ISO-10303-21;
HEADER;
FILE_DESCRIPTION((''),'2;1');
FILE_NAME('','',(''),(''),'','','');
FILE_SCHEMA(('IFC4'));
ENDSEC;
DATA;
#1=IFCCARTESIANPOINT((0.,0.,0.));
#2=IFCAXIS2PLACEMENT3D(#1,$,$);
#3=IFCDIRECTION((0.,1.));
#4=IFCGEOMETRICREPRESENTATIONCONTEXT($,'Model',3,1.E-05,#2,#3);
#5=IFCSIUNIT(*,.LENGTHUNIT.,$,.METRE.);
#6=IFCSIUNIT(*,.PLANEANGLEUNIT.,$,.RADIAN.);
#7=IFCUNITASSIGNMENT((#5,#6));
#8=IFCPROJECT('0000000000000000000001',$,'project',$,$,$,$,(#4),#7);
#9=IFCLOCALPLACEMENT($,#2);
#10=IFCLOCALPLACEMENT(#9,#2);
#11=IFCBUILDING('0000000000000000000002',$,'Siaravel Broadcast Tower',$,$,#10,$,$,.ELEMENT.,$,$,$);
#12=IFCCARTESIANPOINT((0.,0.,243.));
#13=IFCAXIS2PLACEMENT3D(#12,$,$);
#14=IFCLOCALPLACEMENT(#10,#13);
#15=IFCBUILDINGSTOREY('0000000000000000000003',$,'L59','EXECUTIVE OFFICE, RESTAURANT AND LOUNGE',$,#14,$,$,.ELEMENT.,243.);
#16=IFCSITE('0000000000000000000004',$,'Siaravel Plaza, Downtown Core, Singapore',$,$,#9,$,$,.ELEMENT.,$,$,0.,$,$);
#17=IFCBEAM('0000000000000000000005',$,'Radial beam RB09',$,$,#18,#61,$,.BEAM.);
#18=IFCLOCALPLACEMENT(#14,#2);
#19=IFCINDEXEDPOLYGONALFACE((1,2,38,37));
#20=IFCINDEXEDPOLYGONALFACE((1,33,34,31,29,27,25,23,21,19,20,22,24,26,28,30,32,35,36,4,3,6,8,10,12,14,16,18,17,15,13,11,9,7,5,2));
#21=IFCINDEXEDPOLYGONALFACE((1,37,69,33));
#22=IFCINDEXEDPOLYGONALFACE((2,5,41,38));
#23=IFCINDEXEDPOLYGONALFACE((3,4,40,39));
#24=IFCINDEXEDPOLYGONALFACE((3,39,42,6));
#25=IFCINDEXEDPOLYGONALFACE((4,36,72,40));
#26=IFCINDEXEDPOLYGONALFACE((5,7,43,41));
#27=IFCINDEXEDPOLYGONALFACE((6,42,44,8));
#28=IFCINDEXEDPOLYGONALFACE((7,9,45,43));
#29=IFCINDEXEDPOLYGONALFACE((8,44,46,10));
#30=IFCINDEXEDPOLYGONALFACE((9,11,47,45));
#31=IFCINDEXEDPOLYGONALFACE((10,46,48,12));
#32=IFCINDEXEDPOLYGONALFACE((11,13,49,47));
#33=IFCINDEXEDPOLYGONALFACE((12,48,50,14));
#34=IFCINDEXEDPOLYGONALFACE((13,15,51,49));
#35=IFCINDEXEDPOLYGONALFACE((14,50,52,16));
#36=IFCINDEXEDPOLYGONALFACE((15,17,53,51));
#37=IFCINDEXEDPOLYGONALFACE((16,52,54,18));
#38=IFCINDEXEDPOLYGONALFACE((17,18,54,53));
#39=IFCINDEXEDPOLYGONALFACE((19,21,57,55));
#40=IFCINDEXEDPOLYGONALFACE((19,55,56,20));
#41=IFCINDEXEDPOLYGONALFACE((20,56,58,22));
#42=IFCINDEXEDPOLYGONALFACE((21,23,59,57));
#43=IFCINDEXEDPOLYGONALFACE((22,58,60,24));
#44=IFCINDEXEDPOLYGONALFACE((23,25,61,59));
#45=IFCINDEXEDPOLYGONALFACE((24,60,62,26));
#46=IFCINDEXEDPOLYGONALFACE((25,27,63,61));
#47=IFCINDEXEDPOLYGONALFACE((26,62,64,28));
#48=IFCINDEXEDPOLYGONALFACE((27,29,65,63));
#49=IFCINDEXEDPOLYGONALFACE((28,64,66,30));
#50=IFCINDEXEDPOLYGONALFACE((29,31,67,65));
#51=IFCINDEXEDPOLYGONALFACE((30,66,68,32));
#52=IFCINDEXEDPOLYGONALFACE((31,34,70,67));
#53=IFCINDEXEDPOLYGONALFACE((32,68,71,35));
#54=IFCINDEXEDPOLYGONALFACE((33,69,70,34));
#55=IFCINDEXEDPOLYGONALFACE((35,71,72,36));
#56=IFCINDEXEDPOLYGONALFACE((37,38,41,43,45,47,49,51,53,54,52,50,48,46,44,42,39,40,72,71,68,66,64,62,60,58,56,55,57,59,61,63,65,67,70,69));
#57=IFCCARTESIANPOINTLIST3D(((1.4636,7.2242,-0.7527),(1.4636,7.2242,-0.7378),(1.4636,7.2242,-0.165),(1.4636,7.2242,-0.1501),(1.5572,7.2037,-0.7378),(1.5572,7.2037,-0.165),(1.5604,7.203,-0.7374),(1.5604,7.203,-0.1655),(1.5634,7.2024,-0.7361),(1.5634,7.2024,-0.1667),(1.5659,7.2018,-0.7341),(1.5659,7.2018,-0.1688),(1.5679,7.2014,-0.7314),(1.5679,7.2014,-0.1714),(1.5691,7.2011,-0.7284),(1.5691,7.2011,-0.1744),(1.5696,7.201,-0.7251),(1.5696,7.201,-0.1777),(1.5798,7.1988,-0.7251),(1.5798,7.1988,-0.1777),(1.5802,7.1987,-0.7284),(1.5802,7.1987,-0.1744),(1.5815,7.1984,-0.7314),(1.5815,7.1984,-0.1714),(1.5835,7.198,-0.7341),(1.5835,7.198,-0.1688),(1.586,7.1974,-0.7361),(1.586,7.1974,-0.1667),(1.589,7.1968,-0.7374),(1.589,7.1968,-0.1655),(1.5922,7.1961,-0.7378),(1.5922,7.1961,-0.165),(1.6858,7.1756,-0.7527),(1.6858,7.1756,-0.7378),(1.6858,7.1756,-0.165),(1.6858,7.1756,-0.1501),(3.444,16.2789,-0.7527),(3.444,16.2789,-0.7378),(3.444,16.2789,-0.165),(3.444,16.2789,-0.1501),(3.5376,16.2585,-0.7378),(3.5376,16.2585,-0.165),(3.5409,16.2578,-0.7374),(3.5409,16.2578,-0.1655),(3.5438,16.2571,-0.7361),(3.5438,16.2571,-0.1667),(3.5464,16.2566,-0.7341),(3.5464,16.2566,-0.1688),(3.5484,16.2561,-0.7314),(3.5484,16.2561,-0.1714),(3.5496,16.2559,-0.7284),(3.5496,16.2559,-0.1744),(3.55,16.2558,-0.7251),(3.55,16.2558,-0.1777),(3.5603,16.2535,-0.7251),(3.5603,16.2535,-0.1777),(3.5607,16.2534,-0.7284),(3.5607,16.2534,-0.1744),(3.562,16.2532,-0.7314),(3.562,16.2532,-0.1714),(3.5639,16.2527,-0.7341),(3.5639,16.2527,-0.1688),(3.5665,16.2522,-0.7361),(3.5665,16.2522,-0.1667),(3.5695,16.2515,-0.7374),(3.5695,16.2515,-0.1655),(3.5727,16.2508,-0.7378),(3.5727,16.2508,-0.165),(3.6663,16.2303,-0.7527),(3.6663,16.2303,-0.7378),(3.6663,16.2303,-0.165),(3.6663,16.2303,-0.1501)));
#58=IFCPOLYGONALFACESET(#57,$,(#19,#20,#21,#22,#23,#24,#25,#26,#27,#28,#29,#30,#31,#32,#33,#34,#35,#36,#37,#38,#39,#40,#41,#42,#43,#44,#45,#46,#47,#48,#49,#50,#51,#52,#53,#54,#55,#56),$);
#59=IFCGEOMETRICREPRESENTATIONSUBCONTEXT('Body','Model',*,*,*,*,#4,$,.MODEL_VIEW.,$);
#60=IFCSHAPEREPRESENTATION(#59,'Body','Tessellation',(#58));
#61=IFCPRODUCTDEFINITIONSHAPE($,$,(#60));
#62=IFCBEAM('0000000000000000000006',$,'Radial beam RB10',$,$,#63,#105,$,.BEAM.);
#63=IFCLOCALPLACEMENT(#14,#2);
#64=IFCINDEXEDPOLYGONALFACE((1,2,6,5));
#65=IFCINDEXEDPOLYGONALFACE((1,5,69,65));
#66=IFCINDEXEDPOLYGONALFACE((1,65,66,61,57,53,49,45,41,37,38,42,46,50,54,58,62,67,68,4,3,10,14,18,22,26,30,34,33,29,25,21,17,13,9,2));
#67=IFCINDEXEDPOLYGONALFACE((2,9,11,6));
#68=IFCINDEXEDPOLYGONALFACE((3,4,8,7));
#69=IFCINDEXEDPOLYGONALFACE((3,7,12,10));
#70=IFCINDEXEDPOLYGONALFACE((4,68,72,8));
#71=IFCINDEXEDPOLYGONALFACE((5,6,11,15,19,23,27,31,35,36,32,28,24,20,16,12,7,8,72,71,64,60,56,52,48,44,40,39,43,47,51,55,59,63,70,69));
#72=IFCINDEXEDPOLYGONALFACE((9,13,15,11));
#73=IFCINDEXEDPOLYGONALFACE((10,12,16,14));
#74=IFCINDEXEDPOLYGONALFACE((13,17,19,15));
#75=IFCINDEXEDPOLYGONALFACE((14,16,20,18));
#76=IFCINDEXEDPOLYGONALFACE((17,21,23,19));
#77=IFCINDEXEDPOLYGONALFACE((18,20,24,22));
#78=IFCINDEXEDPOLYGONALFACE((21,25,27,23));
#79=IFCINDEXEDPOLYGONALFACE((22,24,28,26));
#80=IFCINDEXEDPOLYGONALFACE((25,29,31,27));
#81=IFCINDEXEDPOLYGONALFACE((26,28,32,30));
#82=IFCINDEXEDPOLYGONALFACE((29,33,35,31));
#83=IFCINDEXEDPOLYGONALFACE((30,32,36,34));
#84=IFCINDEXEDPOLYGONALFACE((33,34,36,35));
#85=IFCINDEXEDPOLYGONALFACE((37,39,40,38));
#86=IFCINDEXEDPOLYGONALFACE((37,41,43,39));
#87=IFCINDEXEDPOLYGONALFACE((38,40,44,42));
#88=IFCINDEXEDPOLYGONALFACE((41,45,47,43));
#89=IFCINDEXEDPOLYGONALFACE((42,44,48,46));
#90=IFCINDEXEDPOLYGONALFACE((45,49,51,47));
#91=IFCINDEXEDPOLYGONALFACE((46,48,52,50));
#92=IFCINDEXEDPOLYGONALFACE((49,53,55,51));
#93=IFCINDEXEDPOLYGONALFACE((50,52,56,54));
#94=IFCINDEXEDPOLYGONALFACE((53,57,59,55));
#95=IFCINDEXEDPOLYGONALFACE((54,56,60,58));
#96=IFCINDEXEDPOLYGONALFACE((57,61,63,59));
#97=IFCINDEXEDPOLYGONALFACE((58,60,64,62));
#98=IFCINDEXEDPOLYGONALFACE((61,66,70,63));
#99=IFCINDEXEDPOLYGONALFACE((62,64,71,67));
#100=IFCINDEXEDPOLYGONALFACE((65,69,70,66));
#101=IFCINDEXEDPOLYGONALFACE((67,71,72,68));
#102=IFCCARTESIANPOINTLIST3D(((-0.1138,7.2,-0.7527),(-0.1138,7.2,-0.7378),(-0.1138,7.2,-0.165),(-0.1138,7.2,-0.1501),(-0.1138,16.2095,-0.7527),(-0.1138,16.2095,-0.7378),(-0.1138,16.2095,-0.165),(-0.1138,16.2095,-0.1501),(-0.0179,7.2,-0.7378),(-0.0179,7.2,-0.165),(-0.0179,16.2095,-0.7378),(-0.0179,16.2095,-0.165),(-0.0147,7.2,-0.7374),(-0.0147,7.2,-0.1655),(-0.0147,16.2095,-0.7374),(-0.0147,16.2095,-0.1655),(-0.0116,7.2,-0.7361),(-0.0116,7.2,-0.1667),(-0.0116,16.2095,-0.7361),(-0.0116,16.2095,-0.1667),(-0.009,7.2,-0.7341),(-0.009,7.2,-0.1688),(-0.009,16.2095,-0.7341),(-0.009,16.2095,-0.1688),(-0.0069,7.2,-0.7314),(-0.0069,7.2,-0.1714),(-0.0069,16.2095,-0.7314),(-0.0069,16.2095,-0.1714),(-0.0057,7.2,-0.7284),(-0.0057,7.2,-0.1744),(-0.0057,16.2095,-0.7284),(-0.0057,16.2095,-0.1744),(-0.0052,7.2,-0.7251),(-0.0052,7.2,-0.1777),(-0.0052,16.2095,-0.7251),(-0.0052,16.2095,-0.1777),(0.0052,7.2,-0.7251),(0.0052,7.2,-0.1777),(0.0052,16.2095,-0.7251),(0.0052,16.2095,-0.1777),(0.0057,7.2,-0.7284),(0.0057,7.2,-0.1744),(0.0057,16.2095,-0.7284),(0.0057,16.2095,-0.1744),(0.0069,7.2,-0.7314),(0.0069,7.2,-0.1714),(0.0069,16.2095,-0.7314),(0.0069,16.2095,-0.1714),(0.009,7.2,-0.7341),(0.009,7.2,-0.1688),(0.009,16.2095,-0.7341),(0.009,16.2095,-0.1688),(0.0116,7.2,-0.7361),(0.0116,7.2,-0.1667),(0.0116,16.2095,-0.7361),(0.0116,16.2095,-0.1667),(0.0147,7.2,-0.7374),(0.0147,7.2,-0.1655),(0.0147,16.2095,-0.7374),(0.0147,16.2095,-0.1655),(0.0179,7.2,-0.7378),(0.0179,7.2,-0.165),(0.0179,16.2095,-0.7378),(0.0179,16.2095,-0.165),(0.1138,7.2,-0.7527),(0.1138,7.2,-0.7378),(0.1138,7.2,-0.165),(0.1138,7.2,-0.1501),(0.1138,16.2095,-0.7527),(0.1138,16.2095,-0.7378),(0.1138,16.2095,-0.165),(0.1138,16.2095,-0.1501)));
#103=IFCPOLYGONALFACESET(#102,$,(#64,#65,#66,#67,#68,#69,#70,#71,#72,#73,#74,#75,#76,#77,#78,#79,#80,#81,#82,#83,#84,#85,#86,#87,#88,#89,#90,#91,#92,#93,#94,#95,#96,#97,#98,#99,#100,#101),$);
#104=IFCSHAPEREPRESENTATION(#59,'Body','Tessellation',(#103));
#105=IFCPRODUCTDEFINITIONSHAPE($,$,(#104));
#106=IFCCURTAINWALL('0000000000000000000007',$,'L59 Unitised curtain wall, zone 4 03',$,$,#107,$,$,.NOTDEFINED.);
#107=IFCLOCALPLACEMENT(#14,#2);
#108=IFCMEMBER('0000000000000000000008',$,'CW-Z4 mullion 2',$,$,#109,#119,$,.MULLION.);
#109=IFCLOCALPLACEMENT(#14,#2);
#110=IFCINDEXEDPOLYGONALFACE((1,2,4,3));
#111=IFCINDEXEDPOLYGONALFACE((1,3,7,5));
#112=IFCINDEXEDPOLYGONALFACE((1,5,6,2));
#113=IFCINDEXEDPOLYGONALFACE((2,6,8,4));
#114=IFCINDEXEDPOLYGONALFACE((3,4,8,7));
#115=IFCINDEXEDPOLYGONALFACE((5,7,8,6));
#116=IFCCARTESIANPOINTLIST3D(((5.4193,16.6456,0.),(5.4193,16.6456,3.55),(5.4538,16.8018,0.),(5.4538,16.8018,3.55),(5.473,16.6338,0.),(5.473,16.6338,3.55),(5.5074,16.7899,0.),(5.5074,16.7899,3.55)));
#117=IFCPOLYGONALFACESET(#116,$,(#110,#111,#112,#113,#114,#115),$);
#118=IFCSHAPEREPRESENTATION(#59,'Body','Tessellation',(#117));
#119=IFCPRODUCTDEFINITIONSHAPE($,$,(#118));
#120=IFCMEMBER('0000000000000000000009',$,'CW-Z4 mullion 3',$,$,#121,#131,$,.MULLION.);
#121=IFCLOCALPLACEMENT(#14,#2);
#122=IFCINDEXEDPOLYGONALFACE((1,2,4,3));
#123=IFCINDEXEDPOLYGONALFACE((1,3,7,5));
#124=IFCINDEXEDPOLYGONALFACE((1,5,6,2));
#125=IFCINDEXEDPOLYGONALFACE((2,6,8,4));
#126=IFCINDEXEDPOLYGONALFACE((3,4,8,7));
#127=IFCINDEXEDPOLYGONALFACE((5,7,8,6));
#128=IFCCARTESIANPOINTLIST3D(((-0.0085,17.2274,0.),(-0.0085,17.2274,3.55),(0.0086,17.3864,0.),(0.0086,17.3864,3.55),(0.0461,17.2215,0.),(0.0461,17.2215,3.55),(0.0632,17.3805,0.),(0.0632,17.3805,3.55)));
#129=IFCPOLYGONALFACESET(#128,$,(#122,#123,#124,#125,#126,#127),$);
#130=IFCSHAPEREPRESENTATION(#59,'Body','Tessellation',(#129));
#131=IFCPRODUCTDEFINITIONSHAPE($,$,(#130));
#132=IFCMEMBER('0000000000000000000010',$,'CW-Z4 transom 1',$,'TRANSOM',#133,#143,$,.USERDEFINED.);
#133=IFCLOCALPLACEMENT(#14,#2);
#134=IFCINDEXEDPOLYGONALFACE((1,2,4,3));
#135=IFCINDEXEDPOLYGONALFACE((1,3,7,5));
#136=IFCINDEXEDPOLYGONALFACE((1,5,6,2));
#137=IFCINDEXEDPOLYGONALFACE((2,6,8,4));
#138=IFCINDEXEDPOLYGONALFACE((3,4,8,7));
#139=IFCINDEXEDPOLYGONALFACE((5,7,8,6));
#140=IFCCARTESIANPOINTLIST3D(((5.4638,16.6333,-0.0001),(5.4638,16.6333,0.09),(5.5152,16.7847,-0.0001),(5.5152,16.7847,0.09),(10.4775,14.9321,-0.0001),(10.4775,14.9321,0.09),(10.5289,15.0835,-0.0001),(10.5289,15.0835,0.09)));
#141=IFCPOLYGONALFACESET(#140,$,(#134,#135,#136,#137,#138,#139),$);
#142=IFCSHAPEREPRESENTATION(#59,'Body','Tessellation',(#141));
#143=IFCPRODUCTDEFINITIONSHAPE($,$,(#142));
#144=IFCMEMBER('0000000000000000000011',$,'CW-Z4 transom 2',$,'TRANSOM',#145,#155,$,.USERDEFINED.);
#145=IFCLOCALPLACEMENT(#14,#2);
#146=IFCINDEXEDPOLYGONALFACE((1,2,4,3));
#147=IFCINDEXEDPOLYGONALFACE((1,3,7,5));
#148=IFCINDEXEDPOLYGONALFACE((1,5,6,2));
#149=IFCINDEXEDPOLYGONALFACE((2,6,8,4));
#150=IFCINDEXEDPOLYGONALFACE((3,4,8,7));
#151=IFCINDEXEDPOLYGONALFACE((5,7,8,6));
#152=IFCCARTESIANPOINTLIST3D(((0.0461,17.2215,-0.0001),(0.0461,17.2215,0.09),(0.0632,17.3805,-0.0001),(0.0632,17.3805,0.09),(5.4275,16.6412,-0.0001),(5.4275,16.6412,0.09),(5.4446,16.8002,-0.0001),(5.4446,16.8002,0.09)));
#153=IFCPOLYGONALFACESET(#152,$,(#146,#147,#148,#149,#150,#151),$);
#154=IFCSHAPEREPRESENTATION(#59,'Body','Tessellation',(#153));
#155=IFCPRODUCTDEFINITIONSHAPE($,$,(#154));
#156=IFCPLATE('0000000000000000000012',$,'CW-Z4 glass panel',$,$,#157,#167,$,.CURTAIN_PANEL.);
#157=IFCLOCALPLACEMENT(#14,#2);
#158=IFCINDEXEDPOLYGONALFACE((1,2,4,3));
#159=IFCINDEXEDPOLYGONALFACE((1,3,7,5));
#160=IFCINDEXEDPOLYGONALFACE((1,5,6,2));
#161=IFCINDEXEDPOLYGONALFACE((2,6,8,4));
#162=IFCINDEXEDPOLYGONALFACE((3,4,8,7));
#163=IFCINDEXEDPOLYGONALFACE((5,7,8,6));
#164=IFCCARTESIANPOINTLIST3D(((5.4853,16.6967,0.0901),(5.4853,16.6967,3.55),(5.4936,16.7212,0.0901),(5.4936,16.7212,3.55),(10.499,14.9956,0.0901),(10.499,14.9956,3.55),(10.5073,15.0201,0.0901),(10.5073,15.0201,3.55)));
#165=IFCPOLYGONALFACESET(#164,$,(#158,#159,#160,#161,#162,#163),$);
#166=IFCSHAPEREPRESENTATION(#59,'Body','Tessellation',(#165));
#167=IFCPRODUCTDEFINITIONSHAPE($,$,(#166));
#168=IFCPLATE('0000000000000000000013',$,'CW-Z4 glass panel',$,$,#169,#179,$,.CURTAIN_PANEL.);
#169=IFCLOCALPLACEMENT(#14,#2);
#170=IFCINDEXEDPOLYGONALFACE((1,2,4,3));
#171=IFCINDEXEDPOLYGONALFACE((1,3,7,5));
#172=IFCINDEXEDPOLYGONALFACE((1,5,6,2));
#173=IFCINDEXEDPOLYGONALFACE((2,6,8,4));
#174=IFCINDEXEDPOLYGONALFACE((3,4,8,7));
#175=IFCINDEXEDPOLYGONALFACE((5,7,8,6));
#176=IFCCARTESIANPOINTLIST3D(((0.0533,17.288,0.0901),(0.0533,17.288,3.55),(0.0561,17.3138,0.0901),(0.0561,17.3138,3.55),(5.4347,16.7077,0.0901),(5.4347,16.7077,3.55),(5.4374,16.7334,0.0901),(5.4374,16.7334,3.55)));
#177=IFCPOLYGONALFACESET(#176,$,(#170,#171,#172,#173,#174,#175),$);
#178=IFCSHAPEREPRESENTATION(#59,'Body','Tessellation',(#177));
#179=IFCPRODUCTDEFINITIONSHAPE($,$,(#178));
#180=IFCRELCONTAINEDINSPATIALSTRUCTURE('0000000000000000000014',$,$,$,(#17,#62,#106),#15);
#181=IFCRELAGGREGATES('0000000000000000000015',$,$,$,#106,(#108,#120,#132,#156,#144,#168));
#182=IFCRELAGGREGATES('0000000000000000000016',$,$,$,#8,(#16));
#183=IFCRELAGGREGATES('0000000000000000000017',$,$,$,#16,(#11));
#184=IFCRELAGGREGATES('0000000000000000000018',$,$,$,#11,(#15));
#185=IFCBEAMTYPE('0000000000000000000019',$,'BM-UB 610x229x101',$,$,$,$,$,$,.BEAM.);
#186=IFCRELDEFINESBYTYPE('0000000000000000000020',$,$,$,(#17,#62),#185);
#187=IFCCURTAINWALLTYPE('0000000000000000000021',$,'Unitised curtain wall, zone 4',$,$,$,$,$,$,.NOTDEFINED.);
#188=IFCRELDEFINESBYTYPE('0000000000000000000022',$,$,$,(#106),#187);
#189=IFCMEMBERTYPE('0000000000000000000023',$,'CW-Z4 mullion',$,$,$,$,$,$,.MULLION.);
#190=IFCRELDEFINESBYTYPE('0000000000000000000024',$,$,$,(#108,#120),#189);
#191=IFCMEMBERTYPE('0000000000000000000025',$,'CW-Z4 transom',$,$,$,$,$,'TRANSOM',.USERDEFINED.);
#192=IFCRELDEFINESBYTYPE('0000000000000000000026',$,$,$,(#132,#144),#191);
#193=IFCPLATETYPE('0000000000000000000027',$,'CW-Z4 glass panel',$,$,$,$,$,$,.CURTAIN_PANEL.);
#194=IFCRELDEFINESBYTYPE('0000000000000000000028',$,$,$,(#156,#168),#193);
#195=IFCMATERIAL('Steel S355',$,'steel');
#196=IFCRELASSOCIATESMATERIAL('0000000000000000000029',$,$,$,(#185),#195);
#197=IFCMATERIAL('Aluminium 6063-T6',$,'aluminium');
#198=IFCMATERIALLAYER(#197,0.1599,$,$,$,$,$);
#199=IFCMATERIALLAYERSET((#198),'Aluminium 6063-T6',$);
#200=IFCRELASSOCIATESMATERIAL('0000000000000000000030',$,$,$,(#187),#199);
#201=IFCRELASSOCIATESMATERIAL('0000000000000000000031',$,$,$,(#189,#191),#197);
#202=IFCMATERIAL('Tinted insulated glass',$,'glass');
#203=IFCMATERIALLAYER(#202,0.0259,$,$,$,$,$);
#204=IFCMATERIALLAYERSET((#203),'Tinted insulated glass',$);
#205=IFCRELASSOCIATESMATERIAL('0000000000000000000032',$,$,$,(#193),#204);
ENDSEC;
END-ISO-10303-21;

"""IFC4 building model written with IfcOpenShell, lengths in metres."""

from ifc_helpers import new_model, si_unit, direction, frame, origin, origin_2d, place, context, subcontext, project, spatial, rectangle, i_section, extrude, material, layer, layer_set, material_profile, profile_set, type_object, element, aggregate, save


model = new_model("IFC4")

# Units and contexts
model_context = context("Model", 3, precision=1e-05, world=origin(), true_north=direction((0.0, 1.0)))
body_context = subcontext(model_context, "Body", "Model", "MODEL_VIEW")
ifc_project = project(units=[si_unit("LENGTHUNIT", "METRE"), si_unit("PLANEANGLEUNIT", "RADIAN")], contexts=[model_context])

# Site, building, storey
site_placement = place(None, origin())
site = spatial("IfcSite", under=ifc_project, at=site_placement, Name="Siaravel Plaza, Downtown Core, Singapore", CompositionType="ELEMENT", RefElevation=0.0)
building_placement = place(site_placement, origin())
building = spatial("IfcBuilding", under=site, at=building_placement, Name="Siaravel Broadcast Tower", CompositionType="ELEMENT")
storey_placement = place(building_placement, frame((0.0, 0.0, 243.0)))
storey = spatial("IfcBuildingStorey", under=building, at=storey_placement, Name="L59", Description="EXECUTIVE OFFICE, RESTAURANT AND LOUNGE", CompositionType="ELEMENT", Elevation=243.0)

# Beams
ifc_material_1 = material(Name="Steel S355", Category="steel")
ifc_material_profile_1 = material_profile(ifc_material_1, i_section(OverallWidth=0.2275, OverallDepth=0.6025, WebThickness=0.0105, FlangeThickness=0.0149, FilletRadius=0.0127, at=origin_2d()))
ifc_profile_set_1 = profile_set([ifc_material_profile_1], Name="Steel S355")
beam_type = type_object("IfcBeamType", Name="BM-UB 610x229x101", PredefinedType="BEAM", material=ifc_profile_set_1)
beam_1_placement = place(storey_placement, frame((3.5552, 16.2546, -0.4514), z_axis=(-0.213672, -0.976906, 0.0), x_axis=(0.976906, -0.213672, 0.0)))
element("IfcBeam", 1, at=beam_1_placement, inside=storey, type_object=beam_type, Name="Radial beam RB09", PredefinedType="BEAM", context=body_context, shape_type="SweptSolid", body=[
    extrude(i_section(OverallWidth=0.2275, OverallDepth=0.6025, WebThickness=0.0105, FlangeThickness=0.0149, FilletRadius=0.0127, at=origin_2d()), origin(), (0.0, 0.0, 1.0), 9.2688),
])
beam_2_placement = place(storey_placement, frame((0.0, 16.2095, -0.4514), z_axis=(0.0, -1.0, 0.0), x_axis=(1.0, 0.0, 0.0)))
element("IfcBeam", 2, at=beam_2_placement, inside=storey, type_object=beam_type, Name="Radial beam RB10", PredefinedType="BEAM", context=body_context, shape_type="SweptSolid", body=[
    extrude(i_section(OverallWidth=0.2275, OverallDepth=0.6025, WebThickness=0.0105, FlangeThickness=0.0149, FilletRadius=0.0127, at=origin_2d()), origin(), (0.0, 0.0, 1.0), 9.0095),
])

# Curtain wall, members, plates
ifc_material_2 = material(Name="Aluminium 6063-T6", Category="aluminium")
ifc_layer_1 = layer(ifc_material_2, 0.1599)
ifc_layer_set_1 = layer_set([ifc_layer_1], Name="Aluminium 6063-T6")
curtain_wall_type = type_object("IfcCurtainWallType", Name="Unitised curtain wall, zone 4", PredefinedType="NOTDEFINED", material=ifc_layer_set_1)
curtain_wall_placement = place(storey_placement, origin())
curtain_wall = element("IfcCurtainWall", 3, at=curtain_wall_placement, inside=storey, type_object=curtain_wall_type, Name="L59 Unitised curtain wall, zone 4 03", PredefinedType="NOTDEFINED")
ifc_material_profile_2 = material_profile(ifc_material_2, rectangle(XDim=0.1599, YDim=0.0549, at=origin_2d()))
ifc_profile_set_2 = profile_set([ifc_material_profile_2], Name="Aluminium 6063-T6")
member_type_1 = type_object("IfcMemberType", Name="CW-Z4 mullion", PredefinedType="MULLION", material=ifc_profile_set_2)
member_1_placement = place(storey_placement, frame((5.4634, 16.7178, 0.0), z_axis=(0.0, 0.0, 1.0), x_axis=(-0.215559, -0.976491, 0.0)))
member_1 = element("IfcMember", 4, at=member_1_placement, type_object=member_type_1, Name="CW-Z4 mullion 2", PredefinedType="MULLION", context=body_context, shape_type="SweptSolid", body=[
    extrude(rectangle(XDim=0.1599, YDim=0.0549, at=origin_2d()), origin(), (0.0, 0.0, 1.0), 3.55),
])
member_2_placement = place(storey_placement, frame((0.0273, 17.304, 0.0), z_axis=(0.0, 0.0, 1.0), x_axis=(-0.107218, -0.994236, 0.0)))
member_2 = element("IfcMember", 5, at=member_2_placement, type_object=member_type_1, Name="CW-Z4 mullion 3", PredefinedType="MULLION", context=body_context, shape_type="SweptSolid", body=[
    extrude(rectangle(XDim=0.1599, YDim=0.0549, at=origin_2d()), origin(), (0.0, 0.0, 1.0), 3.55),
])
ifc_material_profile_3 = material_profile(ifc_material_2, rectangle(XDim=0.1599, YDim=0.0901, at=origin_2d()))
ifc_profile_set_3 = profile_set([ifc_material_profile_3], Name="Aluminium 6063-T6")
member_type_2 = type_object("IfcMemberType", Name="CW-Z4 transom", ElementType="TRANSOM", PredefinedType="USERDEFINED", material=ifc_profile_set_3)
member_3_placement = place(storey_placement, frame((10.5032, 15.0078, 0.0449), z_axis=(-0.946973, 0.321314, 0.0), x_axis=(-0.321314, -0.946973, 0.0)))
member_3 = element("IfcMember", 6, at=member_3_placement, type_object=member_type_2, Name="CW-Z4 transom 1", ObjectType="TRANSOM", PredefinedType="USERDEFINED", context=body_context, shape_type="SweptSolid", body=[
    extrude(rectangle(XDim=0.1599, YDim=0.0901, at=origin_2d()), origin(), (0.0, 0.0, 1.0), 5.2944),
])
member_4_placement = place(storey_placement, frame((5.436, 16.7207, 0.0449), z_axis=(-0.994236, 0.107218, 0.0), x_axis=(-0.107218, -0.994236, 0.0)))
member_4 = element("IfcMember", 7, at=member_4_placement, type_object=member_type_2, Name="CW-Z4 transom 2", ObjectType="TRANSOM", PredefinedType="USERDEFINED", context=body_context, shape_type="SweptSolid", body=[
    extrude(rectangle(XDim=0.1599, YDim=0.0901, at=origin_2d()), origin(), (0.0, 0.0, 1.0), 5.4126),
])
ifc_material_3 = material(Name="Tinted insulated glass", Category="glass")
ifc_layer_2 = layer(ifc_material_3, 0.0259)
ifc_layer_set_2 = layer_set([ifc_layer_2], Name="Tinted insulated glass")
plate_type = type_object("IfcPlateType", Name="CW-Z4 glass panel", PredefinedType="CURTAIN_PANEL", material=ifc_layer_set_2)
plate_1_placement = place(storey_placement, frame((7.9963, 15.8584, 0.0901), z_axis=(0.0, 0.0, 1.0), x_axis=(-0.946977, 0.321301, 0.0)))
plate_1 = element("IfcPlate", 8, at=plate_1_placement, type_object=plate_type, Name="CW-Z4 glass panel", PredefinedType="CURTAIN_PANEL", context=body_context, shape_type="SweptSolid", body=[
    extrude(rectangle(XDim=5.2944, YDim=0.0259, at=origin_2d()), origin(), (0.0, 0.0, 1.0), 3.46),
])
plate_2_placement = place(storey_placement, frame((2.7454, 17.0107, 0.0901), z_axis=(0.0, 0.0, 1.0), x_axis=(-0.994236, 0.107218, 0.0)))
plate_2 = element("IfcPlate", 9, at=plate_2_placement, type_object=plate_type, Name="CW-Z4 glass panel", PredefinedType="CURTAIN_PANEL", context=body_context, shape_type="SweptSolid", body=[
    extrude(rectangle(XDim=5.4126, YDim=0.0259, at=origin_2d()), origin(), (0.0, 0.0, 1.0), 3.46),
])
aggregate(curtain_wall, [member_1, member_2, member_3, plate_1, member_4, plate_2])

save(model, "model.ifc")
